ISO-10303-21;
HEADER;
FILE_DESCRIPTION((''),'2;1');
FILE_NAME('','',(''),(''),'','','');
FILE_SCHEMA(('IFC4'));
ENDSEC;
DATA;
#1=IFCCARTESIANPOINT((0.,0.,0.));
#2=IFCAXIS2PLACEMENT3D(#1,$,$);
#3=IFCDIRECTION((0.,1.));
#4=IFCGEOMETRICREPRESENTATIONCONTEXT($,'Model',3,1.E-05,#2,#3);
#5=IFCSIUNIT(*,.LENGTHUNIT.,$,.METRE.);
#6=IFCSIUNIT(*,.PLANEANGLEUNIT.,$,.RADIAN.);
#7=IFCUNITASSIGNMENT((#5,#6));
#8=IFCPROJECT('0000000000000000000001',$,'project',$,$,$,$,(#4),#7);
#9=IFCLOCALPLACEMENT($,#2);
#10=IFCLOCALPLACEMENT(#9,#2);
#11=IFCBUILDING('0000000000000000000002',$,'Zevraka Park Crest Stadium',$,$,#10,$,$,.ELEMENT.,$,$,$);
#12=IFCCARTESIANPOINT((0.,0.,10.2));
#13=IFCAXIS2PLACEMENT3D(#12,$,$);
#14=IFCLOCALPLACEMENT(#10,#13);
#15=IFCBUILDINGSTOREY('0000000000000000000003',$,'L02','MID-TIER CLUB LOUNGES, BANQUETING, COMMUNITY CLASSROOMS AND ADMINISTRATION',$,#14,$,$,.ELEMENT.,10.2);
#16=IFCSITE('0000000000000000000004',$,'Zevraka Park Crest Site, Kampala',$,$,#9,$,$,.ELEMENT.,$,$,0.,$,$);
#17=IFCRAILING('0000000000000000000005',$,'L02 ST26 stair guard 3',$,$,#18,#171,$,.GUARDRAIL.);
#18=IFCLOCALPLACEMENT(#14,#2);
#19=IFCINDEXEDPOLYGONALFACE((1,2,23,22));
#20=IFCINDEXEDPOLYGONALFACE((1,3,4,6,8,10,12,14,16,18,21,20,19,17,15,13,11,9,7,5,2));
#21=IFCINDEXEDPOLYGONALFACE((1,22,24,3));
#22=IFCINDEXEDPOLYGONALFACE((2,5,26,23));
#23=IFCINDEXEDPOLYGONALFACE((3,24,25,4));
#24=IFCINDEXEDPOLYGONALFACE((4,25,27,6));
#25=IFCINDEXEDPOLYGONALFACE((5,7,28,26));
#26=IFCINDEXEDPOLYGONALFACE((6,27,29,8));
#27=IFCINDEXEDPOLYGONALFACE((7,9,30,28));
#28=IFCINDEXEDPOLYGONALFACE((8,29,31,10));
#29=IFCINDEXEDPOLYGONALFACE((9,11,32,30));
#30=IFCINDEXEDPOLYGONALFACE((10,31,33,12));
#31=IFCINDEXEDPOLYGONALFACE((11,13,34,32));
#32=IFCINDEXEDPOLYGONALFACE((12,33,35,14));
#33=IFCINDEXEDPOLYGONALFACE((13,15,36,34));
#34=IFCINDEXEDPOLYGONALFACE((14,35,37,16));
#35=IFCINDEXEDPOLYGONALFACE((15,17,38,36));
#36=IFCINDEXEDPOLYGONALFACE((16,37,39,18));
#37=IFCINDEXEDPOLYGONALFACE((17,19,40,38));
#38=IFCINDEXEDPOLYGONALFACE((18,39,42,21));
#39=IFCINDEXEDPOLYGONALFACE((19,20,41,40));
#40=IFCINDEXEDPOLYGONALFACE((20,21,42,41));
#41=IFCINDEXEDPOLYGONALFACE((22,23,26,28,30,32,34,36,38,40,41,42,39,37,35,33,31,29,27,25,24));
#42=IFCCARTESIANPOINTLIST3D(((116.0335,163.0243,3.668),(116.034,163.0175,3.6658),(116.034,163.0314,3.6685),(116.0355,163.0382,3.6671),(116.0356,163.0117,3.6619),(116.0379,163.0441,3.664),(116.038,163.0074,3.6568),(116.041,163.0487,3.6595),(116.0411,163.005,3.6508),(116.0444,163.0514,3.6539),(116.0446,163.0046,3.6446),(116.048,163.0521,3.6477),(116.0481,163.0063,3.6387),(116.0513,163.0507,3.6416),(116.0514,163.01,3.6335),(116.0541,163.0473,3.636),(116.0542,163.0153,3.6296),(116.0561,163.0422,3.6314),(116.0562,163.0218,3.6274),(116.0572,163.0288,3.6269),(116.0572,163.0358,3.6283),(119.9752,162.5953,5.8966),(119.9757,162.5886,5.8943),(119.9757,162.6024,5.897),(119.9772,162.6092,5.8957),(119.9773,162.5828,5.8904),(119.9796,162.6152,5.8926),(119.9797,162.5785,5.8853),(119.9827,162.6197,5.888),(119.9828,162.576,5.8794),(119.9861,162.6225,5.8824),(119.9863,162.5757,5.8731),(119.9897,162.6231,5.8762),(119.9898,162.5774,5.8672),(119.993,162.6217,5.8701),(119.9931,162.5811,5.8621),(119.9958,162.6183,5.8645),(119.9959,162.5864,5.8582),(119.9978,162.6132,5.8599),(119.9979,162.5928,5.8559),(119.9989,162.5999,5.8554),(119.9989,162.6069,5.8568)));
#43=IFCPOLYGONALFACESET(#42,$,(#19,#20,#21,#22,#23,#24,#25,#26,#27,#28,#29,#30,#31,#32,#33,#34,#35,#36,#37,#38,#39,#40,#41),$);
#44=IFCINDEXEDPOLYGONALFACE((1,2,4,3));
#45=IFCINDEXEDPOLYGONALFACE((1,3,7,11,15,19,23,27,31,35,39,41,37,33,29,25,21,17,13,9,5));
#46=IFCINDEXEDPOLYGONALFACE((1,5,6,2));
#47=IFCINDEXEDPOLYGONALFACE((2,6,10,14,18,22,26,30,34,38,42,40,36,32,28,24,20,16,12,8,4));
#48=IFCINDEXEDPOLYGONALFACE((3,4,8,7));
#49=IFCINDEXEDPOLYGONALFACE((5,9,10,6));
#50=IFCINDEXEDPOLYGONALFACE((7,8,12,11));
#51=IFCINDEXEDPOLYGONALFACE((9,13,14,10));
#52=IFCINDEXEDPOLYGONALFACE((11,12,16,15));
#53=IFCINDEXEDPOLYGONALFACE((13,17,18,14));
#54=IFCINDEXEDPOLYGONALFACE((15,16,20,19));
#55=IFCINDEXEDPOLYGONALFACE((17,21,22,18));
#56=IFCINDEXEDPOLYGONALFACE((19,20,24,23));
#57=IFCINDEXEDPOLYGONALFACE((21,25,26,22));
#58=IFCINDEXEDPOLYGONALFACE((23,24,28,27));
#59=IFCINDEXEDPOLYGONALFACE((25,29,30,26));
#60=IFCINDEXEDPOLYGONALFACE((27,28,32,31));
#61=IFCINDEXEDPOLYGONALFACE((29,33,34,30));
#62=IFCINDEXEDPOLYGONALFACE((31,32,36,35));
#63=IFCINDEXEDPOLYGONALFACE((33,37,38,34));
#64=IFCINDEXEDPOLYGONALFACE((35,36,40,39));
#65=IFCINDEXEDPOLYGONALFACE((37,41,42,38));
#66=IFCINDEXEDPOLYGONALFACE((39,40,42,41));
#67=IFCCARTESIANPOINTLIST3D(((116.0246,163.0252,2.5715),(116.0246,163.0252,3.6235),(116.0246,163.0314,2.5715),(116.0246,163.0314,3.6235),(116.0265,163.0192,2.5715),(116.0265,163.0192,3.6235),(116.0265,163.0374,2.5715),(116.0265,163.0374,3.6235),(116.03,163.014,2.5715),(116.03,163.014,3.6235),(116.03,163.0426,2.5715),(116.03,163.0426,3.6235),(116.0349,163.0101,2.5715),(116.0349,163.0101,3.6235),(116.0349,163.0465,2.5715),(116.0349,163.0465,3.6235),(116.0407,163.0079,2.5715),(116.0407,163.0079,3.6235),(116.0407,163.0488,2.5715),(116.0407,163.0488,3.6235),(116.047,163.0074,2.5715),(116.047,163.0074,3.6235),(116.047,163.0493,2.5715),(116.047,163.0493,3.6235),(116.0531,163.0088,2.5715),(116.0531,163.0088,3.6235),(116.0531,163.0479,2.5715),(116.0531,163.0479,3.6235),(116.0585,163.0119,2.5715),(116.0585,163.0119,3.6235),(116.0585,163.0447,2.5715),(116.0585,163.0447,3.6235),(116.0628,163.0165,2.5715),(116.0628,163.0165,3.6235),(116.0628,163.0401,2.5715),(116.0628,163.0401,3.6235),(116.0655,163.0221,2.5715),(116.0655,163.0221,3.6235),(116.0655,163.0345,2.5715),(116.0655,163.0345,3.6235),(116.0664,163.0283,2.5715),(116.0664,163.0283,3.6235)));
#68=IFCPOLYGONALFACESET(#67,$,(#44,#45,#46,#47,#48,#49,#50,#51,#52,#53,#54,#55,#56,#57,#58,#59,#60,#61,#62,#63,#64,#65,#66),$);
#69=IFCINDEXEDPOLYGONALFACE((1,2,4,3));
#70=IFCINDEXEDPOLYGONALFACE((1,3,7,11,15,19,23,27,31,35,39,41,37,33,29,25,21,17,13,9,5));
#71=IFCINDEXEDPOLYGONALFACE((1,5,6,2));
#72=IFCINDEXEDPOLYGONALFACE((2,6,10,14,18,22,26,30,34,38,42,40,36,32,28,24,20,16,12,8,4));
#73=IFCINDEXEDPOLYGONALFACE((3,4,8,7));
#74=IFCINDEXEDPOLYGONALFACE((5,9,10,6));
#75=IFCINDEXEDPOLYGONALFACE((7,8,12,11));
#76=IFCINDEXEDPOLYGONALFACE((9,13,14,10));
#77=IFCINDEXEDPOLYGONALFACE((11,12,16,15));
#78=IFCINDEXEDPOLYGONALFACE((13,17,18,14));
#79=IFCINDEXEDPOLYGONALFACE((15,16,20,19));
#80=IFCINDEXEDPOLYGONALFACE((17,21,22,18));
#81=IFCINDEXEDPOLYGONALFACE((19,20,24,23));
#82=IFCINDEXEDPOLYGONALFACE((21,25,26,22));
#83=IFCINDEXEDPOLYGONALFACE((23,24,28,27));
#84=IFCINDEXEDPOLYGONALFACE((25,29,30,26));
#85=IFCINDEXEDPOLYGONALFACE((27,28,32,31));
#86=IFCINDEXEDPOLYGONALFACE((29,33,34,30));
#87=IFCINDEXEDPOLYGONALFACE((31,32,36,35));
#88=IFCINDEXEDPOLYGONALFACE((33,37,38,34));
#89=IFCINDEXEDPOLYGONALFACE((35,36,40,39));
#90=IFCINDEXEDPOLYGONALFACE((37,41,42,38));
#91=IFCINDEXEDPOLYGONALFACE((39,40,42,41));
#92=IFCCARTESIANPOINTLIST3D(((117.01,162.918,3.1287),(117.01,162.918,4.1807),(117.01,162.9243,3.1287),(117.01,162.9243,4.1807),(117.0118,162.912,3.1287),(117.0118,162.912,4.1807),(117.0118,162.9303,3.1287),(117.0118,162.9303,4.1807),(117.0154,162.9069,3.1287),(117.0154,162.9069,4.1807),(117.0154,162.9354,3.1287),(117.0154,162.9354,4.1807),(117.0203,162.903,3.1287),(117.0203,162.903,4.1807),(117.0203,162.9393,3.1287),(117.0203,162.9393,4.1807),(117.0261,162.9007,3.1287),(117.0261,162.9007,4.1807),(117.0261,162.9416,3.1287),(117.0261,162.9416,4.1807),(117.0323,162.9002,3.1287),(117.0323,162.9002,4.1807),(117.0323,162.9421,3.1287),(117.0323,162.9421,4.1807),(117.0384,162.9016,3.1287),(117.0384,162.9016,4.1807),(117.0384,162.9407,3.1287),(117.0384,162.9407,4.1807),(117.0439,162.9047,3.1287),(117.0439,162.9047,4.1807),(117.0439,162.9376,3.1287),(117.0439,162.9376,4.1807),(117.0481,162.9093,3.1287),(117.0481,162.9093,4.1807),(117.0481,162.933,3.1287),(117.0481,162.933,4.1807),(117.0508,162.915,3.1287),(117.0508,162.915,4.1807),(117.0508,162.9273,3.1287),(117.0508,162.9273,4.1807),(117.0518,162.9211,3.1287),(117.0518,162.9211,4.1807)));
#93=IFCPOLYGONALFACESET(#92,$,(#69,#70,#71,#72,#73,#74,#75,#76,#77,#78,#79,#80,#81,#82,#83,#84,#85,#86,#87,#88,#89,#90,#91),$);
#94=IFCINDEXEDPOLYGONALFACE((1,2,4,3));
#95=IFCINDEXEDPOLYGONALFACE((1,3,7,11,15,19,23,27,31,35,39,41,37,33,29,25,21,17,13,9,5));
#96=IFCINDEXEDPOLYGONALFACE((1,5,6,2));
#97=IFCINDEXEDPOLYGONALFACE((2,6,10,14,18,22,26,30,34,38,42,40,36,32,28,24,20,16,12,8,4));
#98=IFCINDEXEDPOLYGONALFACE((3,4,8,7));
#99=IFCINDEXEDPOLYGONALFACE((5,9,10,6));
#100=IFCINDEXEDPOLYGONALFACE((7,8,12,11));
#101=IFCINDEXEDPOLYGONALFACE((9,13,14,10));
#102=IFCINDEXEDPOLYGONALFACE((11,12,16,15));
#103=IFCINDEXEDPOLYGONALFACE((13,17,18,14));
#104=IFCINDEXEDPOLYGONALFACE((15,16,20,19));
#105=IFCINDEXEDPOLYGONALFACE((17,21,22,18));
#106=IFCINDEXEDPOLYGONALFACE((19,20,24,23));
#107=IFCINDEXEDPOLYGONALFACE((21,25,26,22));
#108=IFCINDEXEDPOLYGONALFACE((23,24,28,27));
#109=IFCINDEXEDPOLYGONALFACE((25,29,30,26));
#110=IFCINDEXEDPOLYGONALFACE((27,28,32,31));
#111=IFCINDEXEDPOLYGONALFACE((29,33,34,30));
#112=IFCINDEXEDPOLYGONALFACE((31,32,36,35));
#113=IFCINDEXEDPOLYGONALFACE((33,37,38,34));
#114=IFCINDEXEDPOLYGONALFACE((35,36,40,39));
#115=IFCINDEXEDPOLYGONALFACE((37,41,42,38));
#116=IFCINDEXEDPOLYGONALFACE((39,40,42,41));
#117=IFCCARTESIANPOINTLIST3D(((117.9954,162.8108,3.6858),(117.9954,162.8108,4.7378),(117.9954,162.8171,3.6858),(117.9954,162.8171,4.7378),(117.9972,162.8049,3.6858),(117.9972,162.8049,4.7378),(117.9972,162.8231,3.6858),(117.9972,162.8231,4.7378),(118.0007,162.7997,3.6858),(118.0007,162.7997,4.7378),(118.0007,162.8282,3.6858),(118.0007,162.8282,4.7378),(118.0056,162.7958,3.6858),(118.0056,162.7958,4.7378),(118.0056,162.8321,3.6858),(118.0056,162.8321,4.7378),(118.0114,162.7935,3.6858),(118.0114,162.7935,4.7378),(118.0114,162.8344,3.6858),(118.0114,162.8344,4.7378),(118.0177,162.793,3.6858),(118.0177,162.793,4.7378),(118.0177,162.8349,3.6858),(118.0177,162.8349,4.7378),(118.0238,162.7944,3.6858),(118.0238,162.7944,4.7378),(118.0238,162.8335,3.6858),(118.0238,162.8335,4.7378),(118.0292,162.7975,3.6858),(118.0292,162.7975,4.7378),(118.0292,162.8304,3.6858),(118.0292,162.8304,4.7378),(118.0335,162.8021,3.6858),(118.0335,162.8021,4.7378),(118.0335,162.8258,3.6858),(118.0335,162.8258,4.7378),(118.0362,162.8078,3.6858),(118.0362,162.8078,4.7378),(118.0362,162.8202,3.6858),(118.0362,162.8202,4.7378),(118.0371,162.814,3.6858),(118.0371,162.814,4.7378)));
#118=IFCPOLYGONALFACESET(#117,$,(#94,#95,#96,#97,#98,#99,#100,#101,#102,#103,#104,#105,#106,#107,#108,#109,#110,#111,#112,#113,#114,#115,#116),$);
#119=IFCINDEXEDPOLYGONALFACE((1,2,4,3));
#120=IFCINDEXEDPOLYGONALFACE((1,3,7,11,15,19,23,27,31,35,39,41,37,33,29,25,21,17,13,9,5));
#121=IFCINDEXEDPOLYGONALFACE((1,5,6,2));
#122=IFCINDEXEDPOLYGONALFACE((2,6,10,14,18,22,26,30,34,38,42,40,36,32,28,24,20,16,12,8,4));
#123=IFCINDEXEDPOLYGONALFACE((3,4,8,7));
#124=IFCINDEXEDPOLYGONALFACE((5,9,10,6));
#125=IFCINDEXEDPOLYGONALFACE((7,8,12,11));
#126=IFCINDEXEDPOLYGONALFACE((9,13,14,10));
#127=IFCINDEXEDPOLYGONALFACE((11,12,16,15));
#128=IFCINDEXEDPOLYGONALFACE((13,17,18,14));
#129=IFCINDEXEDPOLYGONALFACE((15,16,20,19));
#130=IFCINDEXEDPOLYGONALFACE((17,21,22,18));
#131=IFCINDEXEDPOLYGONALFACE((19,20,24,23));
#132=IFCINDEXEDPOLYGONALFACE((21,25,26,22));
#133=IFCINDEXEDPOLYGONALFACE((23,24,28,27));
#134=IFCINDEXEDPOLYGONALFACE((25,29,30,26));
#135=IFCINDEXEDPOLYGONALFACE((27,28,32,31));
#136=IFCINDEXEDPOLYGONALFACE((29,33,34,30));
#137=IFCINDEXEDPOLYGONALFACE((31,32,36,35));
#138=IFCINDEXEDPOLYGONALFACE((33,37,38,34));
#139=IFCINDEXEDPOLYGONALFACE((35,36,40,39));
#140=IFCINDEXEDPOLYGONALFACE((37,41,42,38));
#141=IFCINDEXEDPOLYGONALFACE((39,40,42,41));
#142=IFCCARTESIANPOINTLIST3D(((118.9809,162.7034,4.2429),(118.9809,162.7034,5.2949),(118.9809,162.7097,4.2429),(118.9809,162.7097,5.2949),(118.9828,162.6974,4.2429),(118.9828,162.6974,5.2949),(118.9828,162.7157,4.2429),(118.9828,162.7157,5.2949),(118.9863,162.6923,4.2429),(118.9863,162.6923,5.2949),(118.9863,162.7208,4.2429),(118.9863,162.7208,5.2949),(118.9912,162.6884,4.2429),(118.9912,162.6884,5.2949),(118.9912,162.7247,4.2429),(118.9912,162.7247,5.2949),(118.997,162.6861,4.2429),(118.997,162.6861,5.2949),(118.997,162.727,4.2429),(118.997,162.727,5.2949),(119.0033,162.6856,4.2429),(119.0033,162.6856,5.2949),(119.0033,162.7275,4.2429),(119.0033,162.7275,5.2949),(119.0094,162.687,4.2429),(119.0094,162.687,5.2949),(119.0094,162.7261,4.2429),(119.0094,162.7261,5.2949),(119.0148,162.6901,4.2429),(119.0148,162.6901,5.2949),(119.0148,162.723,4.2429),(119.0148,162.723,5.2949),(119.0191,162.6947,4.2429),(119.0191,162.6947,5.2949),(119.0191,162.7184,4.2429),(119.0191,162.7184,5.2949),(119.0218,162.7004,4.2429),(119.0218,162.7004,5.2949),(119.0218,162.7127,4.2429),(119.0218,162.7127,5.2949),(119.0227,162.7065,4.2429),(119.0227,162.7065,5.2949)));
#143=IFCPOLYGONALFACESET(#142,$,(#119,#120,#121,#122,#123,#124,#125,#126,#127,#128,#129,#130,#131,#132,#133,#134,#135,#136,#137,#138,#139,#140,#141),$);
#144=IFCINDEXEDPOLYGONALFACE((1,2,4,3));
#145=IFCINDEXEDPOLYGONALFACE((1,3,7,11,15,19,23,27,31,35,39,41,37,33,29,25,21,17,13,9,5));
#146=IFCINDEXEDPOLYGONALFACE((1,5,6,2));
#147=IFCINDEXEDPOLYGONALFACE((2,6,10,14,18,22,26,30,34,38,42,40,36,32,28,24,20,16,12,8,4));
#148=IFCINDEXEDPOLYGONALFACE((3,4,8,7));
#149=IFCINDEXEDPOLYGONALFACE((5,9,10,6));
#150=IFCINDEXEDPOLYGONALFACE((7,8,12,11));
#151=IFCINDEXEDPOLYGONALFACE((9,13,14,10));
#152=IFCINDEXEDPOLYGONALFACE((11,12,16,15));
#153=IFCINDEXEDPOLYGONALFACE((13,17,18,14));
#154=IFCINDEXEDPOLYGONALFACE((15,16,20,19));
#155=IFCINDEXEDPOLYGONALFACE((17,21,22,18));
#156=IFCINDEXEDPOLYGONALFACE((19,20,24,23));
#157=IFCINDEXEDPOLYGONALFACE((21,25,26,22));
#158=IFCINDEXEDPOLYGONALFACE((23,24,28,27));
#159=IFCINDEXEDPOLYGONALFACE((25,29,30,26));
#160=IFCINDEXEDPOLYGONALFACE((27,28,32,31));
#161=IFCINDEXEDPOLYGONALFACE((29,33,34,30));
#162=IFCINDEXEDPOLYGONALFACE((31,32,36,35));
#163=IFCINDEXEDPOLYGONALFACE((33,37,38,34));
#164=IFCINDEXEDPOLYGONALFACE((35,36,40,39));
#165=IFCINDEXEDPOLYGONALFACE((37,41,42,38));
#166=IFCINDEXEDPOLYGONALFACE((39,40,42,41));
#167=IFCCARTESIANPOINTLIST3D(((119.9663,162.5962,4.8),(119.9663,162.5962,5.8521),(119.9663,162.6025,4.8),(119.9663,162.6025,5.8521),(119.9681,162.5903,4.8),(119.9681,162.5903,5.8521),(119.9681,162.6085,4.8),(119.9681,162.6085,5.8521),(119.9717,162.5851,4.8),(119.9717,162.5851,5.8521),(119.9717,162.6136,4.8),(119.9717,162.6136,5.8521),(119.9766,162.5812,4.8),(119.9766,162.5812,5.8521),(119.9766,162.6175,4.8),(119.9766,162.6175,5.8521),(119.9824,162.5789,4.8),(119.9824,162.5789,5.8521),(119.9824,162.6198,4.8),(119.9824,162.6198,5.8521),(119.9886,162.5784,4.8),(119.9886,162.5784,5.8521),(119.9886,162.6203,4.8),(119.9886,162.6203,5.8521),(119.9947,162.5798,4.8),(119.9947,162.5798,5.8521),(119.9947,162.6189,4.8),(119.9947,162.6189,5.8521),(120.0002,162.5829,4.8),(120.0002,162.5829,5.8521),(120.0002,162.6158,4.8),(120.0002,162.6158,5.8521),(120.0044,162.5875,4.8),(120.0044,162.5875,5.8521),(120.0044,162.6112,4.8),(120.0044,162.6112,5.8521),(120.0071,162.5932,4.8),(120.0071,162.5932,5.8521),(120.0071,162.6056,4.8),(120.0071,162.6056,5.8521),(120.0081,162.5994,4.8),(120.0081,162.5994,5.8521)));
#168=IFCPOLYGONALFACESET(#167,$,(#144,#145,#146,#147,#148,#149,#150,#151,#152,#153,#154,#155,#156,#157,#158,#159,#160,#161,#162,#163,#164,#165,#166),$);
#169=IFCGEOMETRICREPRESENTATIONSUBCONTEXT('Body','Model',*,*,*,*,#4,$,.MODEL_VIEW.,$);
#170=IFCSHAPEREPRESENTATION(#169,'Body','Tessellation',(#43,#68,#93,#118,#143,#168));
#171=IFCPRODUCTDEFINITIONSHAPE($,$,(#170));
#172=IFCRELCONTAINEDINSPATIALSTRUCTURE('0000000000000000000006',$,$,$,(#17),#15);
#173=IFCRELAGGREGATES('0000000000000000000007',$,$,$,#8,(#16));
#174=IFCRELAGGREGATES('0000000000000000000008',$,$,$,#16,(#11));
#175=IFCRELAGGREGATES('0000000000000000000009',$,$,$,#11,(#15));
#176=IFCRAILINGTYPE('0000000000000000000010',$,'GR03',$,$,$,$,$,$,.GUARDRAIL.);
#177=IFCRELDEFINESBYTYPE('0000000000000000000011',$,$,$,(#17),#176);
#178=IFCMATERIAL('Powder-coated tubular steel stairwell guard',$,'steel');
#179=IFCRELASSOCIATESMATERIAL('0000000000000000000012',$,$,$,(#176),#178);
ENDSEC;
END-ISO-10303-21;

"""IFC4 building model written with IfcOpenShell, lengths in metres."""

from ifc_helpers import new_model, si_unit, direction, frame, origin, origin_2d, place, context, subcontext, project, spatial, circle, extrude, material, type_object, element, save


model = new_model("IFC4")

# Units and contexts
model_context = context("Model", 3, precision=1e-05, world=origin(), true_north=direction((0.0, 1.0)))
body_context = subcontext(model_context, "Body", "Model", "MODEL_VIEW")
ifc_project = project(units=[si_unit("LENGTHUNIT", "METRE"), si_unit("PLANEANGLEUNIT", "RADIAN")], contexts=[model_context])

# Site, building, storey
site_placement = place(None, origin())
site = spatial("IfcSite", under=ifc_project, at=site_placement, Name="Zevraka Park Crest Site, Kampala", CompositionType="ELEMENT", RefElevation=0.0)
building_placement = place(site_placement, origin())
building = spatial("IfcBuilding", under=site, at=building_placement, Name="Zevraka Park Crest Stadium", CompositionType="ELEMENT")
storey_placement = place(building_placement, frame((0.0, 0.0, 10.2)))
storey = spatial("IfcBuildingStorey", under=building, at=storey_placement, Name="L02", Description="MID-TIER CLUB LOUNGES, BANQUETING, COMMUNITY CLASSROOMS AND ADMINISTRATION", CompositionType="ELEMENT", Elevation=10.2)

# Railing
ifc_material_1 = material(Name="Powder-coated tubular steel stairwell guard", Category="steel")
railing_type_1 = type_object("IfcRailingType", Name="GR03", PredefinedType="GUARDRAIL", material=ifc_material_1)
railing_1_placement = place(storey_placement, frame((116.0454, 163.0283, 2.5715)))
element("IfcRailing", 1, at=railing_1_placement, inside=storey, type_object=railing_type_1, Name="L02 ST26 stair guard 3", PredefinedType="GUARDRAIL", context=body_context, shape_type="SweptSolid", body=[
    extrude(circle(Radius=0.0239, at=origin_2d()), frame((0.0, 0.0, 1.0762), z_axis=(0.866624, -0.094311, 0.489968), x_axis=(0.108188, 0.994131, 0.0)), (0.0, 0.0, 1.0), 4.5483),
    extrude(circle(Radius=0.021, at=origin_2d()), origin(), (0.0, 0.0, 1.0), 1.052),
    extrude(circle(Radius=0.021, at=origin_2d()), frame((0.9854, -0.1072, 0.5571)), (0.0, 0.0, 1.0), 1.052),
    extrude(circle(Radius=0.021, at=origin_2d()), frame((1.9707, -0.2144, 1.1143)), (0.0, 0.0, 1.0), 1.052),
    extrude(circle(Radius=0.021, at=origin_2d()), frame((2.9563, -0.3218, 1.6714)), (0.0, 0.0, 1.0), 1.052),
    extrude(circle(Radius=0.021, at=origin_2d()), frame((3.9417, -0.429, 2.2285)), (0.0, 0.0, 1.0), 1.052),
])

save(model, "model.ifc")
